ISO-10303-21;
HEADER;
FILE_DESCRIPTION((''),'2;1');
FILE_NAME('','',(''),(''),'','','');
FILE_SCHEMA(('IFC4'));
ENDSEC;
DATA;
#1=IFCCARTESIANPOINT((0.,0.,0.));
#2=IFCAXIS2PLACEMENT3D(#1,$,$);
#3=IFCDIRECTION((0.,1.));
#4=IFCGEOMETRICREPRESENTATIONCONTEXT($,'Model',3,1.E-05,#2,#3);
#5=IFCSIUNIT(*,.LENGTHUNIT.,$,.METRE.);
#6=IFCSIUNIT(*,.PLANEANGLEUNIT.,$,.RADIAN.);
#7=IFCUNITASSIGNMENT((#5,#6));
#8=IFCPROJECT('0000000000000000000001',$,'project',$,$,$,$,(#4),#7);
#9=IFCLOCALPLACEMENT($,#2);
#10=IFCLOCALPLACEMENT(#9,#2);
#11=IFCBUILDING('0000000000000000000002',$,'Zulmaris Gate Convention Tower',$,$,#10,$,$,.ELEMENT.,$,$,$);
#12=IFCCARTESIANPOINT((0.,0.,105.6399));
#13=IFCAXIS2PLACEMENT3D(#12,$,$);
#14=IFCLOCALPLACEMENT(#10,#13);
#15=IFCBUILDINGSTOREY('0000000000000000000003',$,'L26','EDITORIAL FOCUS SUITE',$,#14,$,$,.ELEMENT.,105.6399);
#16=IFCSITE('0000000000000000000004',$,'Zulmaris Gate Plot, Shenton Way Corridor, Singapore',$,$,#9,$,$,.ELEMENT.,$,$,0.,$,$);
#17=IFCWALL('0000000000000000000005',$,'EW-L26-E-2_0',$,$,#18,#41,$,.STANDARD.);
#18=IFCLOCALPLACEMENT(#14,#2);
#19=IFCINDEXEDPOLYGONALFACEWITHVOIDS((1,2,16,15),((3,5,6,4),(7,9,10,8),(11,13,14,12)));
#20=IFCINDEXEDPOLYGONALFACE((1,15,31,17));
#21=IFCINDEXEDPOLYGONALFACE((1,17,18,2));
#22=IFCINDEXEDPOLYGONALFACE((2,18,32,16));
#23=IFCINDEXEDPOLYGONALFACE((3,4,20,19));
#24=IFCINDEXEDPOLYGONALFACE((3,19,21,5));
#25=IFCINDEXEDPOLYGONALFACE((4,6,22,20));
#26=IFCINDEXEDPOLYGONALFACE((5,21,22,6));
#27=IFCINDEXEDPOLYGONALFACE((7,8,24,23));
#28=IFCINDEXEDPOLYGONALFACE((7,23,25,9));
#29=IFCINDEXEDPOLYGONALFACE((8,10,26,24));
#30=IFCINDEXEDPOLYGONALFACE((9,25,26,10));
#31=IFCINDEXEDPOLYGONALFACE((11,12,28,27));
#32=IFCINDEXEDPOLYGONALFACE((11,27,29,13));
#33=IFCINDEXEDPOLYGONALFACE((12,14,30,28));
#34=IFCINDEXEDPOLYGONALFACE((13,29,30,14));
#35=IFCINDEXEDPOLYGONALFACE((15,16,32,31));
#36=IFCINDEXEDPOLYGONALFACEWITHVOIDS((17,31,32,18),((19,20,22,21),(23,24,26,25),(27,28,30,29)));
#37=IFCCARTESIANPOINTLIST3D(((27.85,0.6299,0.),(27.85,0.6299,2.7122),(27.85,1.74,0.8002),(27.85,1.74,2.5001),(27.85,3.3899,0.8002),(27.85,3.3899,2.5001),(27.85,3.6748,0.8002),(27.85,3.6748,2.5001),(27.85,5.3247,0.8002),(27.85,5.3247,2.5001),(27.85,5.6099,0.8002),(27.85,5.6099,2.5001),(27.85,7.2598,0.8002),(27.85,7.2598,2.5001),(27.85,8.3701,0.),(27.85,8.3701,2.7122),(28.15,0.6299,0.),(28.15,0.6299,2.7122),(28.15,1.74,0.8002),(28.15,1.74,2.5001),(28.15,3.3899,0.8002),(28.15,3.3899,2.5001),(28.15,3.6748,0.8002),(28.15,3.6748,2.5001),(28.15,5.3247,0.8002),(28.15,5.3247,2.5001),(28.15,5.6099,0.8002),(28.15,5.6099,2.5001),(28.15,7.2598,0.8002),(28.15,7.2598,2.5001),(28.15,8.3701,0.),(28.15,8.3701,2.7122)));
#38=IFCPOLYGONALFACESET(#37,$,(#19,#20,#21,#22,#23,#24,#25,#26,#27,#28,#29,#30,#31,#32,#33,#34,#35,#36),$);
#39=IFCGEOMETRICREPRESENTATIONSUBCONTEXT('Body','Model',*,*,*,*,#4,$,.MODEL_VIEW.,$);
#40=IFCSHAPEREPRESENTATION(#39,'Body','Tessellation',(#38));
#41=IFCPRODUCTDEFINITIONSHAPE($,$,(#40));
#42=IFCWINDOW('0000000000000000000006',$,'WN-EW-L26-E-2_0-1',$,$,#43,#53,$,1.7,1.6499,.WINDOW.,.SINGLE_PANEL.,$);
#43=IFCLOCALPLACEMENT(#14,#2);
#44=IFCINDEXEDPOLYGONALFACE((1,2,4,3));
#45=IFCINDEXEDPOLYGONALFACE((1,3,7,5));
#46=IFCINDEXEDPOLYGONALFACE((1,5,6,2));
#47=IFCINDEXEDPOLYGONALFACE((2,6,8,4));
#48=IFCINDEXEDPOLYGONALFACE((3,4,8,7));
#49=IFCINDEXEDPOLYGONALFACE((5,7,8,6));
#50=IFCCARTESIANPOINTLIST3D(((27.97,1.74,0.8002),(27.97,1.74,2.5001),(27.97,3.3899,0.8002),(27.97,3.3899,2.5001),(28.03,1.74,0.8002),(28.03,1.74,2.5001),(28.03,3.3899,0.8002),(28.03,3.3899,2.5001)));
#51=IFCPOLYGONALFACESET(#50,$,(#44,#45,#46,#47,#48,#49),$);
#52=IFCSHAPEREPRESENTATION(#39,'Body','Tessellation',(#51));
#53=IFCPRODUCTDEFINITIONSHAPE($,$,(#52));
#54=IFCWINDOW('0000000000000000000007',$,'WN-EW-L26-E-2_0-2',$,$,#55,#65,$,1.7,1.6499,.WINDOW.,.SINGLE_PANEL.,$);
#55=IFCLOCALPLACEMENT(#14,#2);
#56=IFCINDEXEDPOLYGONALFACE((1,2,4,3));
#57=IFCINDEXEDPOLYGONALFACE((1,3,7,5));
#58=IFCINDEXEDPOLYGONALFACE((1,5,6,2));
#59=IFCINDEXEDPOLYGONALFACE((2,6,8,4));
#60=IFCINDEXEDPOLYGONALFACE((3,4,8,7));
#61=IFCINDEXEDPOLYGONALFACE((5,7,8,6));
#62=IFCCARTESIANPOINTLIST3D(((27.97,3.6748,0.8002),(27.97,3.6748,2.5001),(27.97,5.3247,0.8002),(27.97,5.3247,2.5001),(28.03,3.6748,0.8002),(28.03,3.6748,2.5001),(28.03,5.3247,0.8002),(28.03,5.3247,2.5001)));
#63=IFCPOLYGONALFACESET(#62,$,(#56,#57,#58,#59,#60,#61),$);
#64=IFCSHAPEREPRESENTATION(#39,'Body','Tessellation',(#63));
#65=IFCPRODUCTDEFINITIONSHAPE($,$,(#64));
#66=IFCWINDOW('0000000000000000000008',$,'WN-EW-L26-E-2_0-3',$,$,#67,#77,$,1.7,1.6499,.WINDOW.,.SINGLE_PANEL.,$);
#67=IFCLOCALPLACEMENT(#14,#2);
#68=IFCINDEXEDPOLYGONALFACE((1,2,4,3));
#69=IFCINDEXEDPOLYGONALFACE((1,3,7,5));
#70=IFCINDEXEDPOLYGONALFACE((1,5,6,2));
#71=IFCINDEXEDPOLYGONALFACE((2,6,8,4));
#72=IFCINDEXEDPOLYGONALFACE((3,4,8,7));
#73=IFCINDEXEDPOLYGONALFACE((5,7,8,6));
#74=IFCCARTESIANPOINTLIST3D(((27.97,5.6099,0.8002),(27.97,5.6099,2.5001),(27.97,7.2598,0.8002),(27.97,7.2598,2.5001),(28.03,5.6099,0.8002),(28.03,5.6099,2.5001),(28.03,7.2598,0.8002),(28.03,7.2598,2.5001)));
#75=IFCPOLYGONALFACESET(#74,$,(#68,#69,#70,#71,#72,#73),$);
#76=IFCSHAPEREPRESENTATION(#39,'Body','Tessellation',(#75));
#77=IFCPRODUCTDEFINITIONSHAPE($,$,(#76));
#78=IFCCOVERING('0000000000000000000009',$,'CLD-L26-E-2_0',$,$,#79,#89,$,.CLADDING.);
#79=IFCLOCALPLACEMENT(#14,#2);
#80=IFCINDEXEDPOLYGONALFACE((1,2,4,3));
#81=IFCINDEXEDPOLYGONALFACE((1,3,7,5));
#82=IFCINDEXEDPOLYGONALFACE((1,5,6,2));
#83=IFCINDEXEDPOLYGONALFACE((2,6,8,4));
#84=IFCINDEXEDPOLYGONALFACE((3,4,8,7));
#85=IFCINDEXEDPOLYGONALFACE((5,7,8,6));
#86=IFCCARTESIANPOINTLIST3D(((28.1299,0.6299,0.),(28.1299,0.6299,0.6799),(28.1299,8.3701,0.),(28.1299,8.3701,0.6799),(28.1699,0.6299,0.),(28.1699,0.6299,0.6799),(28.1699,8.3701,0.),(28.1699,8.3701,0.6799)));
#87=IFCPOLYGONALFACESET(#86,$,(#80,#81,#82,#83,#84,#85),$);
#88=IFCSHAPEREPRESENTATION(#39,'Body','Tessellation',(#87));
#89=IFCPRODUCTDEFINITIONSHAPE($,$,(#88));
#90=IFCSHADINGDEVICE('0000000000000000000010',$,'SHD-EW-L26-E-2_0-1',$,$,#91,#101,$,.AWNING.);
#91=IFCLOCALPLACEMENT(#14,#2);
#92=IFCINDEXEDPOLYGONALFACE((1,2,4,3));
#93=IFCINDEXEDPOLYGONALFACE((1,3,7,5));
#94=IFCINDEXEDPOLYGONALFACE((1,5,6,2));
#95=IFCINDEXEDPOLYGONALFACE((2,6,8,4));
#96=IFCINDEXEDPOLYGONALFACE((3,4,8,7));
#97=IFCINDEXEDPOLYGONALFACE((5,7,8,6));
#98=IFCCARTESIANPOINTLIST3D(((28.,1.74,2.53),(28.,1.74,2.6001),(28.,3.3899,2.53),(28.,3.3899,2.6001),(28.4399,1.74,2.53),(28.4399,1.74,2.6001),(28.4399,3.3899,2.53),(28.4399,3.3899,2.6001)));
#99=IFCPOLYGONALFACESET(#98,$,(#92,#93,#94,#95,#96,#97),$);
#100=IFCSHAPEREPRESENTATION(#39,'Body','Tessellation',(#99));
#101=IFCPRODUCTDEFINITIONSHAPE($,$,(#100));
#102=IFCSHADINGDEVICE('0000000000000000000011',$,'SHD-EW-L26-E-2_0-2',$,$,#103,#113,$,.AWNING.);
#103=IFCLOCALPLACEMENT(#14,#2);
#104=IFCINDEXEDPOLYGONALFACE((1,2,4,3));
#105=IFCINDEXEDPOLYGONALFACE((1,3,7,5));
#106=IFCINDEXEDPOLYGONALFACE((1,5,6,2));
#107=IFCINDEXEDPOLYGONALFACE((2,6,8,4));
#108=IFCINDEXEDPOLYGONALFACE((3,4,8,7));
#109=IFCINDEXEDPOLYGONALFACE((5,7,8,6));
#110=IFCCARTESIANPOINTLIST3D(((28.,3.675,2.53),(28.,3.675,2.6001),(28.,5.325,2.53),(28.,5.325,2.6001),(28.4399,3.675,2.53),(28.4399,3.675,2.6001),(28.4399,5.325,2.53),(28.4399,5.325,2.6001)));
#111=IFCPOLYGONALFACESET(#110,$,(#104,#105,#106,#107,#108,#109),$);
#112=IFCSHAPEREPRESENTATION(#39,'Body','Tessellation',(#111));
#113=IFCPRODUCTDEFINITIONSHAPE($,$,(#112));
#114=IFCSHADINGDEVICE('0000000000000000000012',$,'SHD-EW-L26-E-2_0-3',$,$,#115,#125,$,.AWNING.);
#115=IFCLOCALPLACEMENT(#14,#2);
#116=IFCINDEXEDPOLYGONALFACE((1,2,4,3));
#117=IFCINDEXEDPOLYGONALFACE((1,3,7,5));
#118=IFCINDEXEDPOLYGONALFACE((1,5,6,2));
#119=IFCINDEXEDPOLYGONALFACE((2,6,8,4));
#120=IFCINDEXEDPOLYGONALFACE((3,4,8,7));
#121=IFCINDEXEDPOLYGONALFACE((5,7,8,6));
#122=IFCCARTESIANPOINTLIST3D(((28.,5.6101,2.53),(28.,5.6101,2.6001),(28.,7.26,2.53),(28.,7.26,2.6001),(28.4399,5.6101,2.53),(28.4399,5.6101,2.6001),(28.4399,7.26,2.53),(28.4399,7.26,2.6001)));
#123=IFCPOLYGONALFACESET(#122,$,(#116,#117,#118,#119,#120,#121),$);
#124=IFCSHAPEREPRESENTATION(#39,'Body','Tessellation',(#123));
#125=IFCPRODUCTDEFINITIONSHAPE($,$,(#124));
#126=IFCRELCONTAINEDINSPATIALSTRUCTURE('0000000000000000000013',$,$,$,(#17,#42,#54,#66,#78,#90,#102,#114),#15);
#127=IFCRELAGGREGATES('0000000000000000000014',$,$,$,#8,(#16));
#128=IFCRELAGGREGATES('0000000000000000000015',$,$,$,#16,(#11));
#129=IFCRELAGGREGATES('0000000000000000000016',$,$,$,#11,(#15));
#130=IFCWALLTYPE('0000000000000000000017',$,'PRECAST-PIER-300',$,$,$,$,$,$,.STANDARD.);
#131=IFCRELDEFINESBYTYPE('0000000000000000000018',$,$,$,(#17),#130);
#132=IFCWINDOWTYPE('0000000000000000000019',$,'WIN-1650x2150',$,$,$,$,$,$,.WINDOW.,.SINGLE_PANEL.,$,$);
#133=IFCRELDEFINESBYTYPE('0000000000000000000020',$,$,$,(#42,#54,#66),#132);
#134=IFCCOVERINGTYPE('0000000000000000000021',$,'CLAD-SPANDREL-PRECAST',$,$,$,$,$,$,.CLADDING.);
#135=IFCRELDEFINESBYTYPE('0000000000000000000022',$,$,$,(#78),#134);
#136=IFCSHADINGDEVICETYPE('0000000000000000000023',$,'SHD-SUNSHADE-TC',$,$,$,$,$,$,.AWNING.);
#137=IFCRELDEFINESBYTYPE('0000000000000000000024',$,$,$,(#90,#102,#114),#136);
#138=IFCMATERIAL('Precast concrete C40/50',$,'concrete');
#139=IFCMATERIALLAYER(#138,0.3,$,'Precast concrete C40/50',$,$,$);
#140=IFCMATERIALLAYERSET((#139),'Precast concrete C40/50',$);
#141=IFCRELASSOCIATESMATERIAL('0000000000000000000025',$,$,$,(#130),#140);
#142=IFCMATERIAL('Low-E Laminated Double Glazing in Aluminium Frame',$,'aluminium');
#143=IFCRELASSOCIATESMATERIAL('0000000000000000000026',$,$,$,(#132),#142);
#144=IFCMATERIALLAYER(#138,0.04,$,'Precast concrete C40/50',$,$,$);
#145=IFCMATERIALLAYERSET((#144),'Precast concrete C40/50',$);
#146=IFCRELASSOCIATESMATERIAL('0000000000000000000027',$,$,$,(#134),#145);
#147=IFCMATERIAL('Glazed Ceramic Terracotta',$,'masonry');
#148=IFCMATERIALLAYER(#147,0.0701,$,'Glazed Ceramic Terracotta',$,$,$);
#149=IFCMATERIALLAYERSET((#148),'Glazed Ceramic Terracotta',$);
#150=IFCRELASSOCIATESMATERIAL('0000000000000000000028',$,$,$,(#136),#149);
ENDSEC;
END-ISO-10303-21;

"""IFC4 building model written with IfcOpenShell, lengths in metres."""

from ifc_helpers import new_model, si_unit, direction, frame, frame_2d, origin, place, context, subcontext, project, spatial, rectangle, extrude, material, layer, layer_set, type_object, element, fill, save


model = new_model("IFC4")

# Units and contexts
model_context = context("Model", 3, precision=1e-05, world=origin(), true_north=direction((0.0, 1.0)))
body_context = subcontext(model_context, "Body", "Model", "MODEL_VIEW")
ifc_project = project(units=[si_unit("LENGTHUNIT", "METRE"), si_unit("PLANEANGLEUNIT", "RADIAN")], contexts=[model_context])

# Site, building, storey
site_placement = place(None, origin())
site = spatial("IfcSite", under=ifc_project, at=site_placement, Name="Zulmaris Gate Plot, Shenton Way Corridor, Singapore", CompositionType="ELEMENT", RefElevation=0.0)
building_placement = place(site_placement, origin())
building = spatial("IfcBuilding", under=site, at=building_placement, Name="Zulmaris Gate Convention Tower", CompositionType="ELEMENT")
storey_placement = place(building_placement, frame((0.0, 0.0, 105.6399)))
storey = spatial("IfcBuildingStorey", under=building, at=storey_placement, Name="L26", Description="EDITORIAL FOCUS SUITE", CompositionType="ELEMENT", Elevation=105.6399)

# Wall, openings, windows
ifc_material_1 = material(Name="Precast concrete C40/50", Category="concrete")
ifc_layer_1 = layer(ifc_material_1, 0.3, Name="Precast concrete C40/50")
ifc_layer_set_1 = layer_set([ifc_layer_1], Name="Precast concrete C40/50")
wall_type_1 = type_object("IfcWallType", Name="PRECAST-PIER-300", PredefinedType="STANDARD", material=ifc_layer_set_1)
wall_1_placement = place(storey_placement, frame((28.0, 0.6299, 0.0), z_axis=(0.0, 0.0, 1.0), x_axis=(0.0, 1.0, 0.0)))
wall_1 = element("IfcWall", 1, at=wall_1_placement, inside=storey, type_object=wall_type_1, Name="EW-L26-E-2_0", PredefinedType="STANDARD", context=body_context, shape_type="SweptSolid", body=[
    extrude(rectangle(XDim=7.7402, YDim=0.3, at=frame_2d((3.8701, 0.0))), origin(), (0.0, 0.0, 1.0), 2.7122),
])
opening_1_placement = place(wall_1_placement, frame((1.1101, 0.0, 0.8)))
opening_1 = element("IfcOpeningElement", 2, at=opening_1_placement, cuts=wall_1, PredefinedType="OPENING", context=body_context, shape_type="SweptSolid", body=[
    extrude(rectangle(XDim=1.6499, YDim=1.7, at=frame_2d((0.825, 0.8501))), frame((0.0, 0.1602, 0.0), z_axis=(0.0, -1.0, 0.0), x_axis=(1.0, 0.0, 0.0)), (0.0, 0.0, 1.0), 0.3201),
])
opening_2_placement = place(wall_1_placement, frame((3.0449, 0.0, 0.8)))
opening_2 = element("IfcOpeningElement", 3, at=opening_2_placement, cuts=wall_1, PredefinedType="OPENING", context=body_context, shape_type="SweptSolid", body=[
    extrude(rectangle(XDim=1.6499, YDim=1.7, at=frame_2d((0.825, 0.8501))), frame((0.0, 0.1602, 0.0), z_axis=(0.0, -1.0, 0.0), x_axis=(1.0, 0.0, 0.0)), (0.0, 0.0, 1.0), 0.3201),
])
opening_3_placement = place(wall_1_placement, frame((4.98, 0.0, 0.8)))
opening_3 = element("IfcOpeningElement", 4, at=opening_3_placement, cuts=wall_1, PredefinedType="OPENING", context=body_context, shape_type="SweptSolid", body=[
    extrude(rectangle(XDim=1.6499, YDim=1.7, at=frame_2d((0.825, 0.8501))), frame((0.0, 0.1602, 0.0), z_axis=(0.0, -1.0, 0.0), x_axis=(1.0, 0.0, 0.0)), (0.0, 0.0, 1.0), 0.3201),
])
ifc_material_2 = material(Name="Low-E Laminated Double Glazing in Aluminium Frame", Category="aluminium")
window_type = type_object("IfcWindowType", Name="WIN-1650x2150", PartitioningType="SINGLE_PANEL", PredefinedType="WINDOW", material=ifc_material_2)
window_1_placement = place(opening_1_placement, origin())
window_1 = element("IfcWindow", 5, at=window_1_placement, inside=storey, type_object=window_type, Name="WN-EW-L26-E-2_0-1", OverallHeight=1.7, OverallWidth=1.6499, PartitioningType="SINGLE_PANEL", PredefinedType="WINDOW", context=body_context, shape_type="SweptSolid", body=[
    extrude(rectangle(XDim=1.6499, YDim=1.7, at=frame_2d((0.825, 0.8501))), frame((0.0, 0.03, 0.0), z_axis=(0.0, -1.0, 0.0), x_axis=(1.0, 0.0, 0.0)), (0.0, 0.0, 1.0), 0.0601),
])
fill(opening_1, window_1)
window_2_placement = place(opening_2_placement, origin())
window_2 = element("IfcWindow", 6, at=window_2_placement, inside=storey, type_object=window_type, Name="WN-EW-L26-E-2_0-2", OverallHeight=1.7, OverallWidth=1.6499, PartitioningType="SINGLE_PANEL", PredefinedType="WINDOW", context=body_context, shape_type="SweptSolid", body=[
    extrude(rectangle(XDim=1.6499, YDim=1.7, at=frame_2d((0.825, 0.8501))), frame((0.0, 0.03, 0.0), z_axis=(0.0, -1.0, 0.0), x_axis=(1.0, 0.0, 0.0)), (0.0, 0.0, 1.0), 0.0601),
])
fill(opening_2, window_2)
window_3_placement = place(opening_3_placement, origin())
window_3 = element("IfcWindow", 7, at=window_3_placement, inside=storey, type_object=window_type, Name="WN-EW-L26-E-2_0-3", OverallHeight=1.7, OverallWidth=1.6499, PartitioningType="SINGLE_PANEL", PredefinedType="WINDOW", context=body_context, shape_type="SweptSolid", body=[
    extrude(rectangle(XDim=1.6499, YDim=1.7, at=frame_2d((0.825, 0.8501))), frame((0.0, 0.03, 0.0), z_axis=(0.0, -1.0, 0.0), x_axis=(1.0, 0.0, 0.0)), (0.0, 0.0, 1.0), 0.0601),
])
fill(opening_3, window_3)

# Covering
ifc_layer_2 = layer(ifc_material_1, 0.04, Name="Precast concrete C40/50")
ifc_layer_set_2 = layer_set([ifc_layer_2], Name="Precast concrete C40/50")
covering_type = type_object("IfcCoveringType", Name="CLAD-SPANDREL-PRECAST", PredefinedType="CLADDING", material=ifc_layer_set_2)
covering_placement = place(storey_placement, frame((28.1499, 0.6299, 0.0), z_axis=(0.0, 0.0, 1.0), x_axis=(0.0, 1.0, 0.0)))
element("IfcCovering", 8, at=covering_placement, inside=storey, type_object=covering_type, Name="CLD-L26-E-2_0", PredefinedType="CLADDING", context=body_context, shape_type="SweptSolid", body=[
    extrude(rectangle(XDim=7.7402, YDim=0.04, at=frame_2d((3.8701, 0.0))), origin(), (0.0, 0.0, 1.0), 0.6799),
])

# Shading devices
ifc_material_3 = material(Name="Glazed Ceramic Terracotta", Category="masonry")
ifc_layer_3 = layer(ifc_material_3, 0.0701, Name="Glazed Ceramic Terracotta")
ifc_layer_set_3 = layer_set([ifc_layer_3], Name="Glazed Ceramic Terracotta")
shading_device_type = type_object("IfcShadingDeviceType", Name="SHD-SUNSHADE-TC", PredefinedType="AWNING", material=ifc_layer_set_3)
for number, where, z_axis, x_axis, name in (
    (9, (28.22, 1.74, 2.53), (0.0, 0.0, 1.0), (0.0, 1.0, 0.0), "SHD-EW-L26-E-2_0-1"),
    (10, (28.22, 3.675, 2.53), (0.0, 0.0, 1.0), (0.0, 1.0, 0.0), "SHD-EW-L26-E-2_0-2"),
    (11, (28.22, 5.6101, 2.53), (0.0, 0.0, 1.0), (0.0, 1.0, 0.0), "SHD-EW-L26-E-2_0-3"),
):
    element("IfcShadingDevice", number, at=place(storey_placement, frame(where, z_axis=z_axis, x_axis=x_axis)), inside=storey, type_object=shading_device_type, Name=name, PredefinedType="AWNING", context=body_context, shape_type="SweptSolid", body=[
        extrude(rectangle(XDim=1.6499, YDim=0.4399, at=frame_2d((0.825, 0.0))), origin(), (0.0, 0.0, 1.0), 0.0701),
    ])

save(model, "model.ifc")
